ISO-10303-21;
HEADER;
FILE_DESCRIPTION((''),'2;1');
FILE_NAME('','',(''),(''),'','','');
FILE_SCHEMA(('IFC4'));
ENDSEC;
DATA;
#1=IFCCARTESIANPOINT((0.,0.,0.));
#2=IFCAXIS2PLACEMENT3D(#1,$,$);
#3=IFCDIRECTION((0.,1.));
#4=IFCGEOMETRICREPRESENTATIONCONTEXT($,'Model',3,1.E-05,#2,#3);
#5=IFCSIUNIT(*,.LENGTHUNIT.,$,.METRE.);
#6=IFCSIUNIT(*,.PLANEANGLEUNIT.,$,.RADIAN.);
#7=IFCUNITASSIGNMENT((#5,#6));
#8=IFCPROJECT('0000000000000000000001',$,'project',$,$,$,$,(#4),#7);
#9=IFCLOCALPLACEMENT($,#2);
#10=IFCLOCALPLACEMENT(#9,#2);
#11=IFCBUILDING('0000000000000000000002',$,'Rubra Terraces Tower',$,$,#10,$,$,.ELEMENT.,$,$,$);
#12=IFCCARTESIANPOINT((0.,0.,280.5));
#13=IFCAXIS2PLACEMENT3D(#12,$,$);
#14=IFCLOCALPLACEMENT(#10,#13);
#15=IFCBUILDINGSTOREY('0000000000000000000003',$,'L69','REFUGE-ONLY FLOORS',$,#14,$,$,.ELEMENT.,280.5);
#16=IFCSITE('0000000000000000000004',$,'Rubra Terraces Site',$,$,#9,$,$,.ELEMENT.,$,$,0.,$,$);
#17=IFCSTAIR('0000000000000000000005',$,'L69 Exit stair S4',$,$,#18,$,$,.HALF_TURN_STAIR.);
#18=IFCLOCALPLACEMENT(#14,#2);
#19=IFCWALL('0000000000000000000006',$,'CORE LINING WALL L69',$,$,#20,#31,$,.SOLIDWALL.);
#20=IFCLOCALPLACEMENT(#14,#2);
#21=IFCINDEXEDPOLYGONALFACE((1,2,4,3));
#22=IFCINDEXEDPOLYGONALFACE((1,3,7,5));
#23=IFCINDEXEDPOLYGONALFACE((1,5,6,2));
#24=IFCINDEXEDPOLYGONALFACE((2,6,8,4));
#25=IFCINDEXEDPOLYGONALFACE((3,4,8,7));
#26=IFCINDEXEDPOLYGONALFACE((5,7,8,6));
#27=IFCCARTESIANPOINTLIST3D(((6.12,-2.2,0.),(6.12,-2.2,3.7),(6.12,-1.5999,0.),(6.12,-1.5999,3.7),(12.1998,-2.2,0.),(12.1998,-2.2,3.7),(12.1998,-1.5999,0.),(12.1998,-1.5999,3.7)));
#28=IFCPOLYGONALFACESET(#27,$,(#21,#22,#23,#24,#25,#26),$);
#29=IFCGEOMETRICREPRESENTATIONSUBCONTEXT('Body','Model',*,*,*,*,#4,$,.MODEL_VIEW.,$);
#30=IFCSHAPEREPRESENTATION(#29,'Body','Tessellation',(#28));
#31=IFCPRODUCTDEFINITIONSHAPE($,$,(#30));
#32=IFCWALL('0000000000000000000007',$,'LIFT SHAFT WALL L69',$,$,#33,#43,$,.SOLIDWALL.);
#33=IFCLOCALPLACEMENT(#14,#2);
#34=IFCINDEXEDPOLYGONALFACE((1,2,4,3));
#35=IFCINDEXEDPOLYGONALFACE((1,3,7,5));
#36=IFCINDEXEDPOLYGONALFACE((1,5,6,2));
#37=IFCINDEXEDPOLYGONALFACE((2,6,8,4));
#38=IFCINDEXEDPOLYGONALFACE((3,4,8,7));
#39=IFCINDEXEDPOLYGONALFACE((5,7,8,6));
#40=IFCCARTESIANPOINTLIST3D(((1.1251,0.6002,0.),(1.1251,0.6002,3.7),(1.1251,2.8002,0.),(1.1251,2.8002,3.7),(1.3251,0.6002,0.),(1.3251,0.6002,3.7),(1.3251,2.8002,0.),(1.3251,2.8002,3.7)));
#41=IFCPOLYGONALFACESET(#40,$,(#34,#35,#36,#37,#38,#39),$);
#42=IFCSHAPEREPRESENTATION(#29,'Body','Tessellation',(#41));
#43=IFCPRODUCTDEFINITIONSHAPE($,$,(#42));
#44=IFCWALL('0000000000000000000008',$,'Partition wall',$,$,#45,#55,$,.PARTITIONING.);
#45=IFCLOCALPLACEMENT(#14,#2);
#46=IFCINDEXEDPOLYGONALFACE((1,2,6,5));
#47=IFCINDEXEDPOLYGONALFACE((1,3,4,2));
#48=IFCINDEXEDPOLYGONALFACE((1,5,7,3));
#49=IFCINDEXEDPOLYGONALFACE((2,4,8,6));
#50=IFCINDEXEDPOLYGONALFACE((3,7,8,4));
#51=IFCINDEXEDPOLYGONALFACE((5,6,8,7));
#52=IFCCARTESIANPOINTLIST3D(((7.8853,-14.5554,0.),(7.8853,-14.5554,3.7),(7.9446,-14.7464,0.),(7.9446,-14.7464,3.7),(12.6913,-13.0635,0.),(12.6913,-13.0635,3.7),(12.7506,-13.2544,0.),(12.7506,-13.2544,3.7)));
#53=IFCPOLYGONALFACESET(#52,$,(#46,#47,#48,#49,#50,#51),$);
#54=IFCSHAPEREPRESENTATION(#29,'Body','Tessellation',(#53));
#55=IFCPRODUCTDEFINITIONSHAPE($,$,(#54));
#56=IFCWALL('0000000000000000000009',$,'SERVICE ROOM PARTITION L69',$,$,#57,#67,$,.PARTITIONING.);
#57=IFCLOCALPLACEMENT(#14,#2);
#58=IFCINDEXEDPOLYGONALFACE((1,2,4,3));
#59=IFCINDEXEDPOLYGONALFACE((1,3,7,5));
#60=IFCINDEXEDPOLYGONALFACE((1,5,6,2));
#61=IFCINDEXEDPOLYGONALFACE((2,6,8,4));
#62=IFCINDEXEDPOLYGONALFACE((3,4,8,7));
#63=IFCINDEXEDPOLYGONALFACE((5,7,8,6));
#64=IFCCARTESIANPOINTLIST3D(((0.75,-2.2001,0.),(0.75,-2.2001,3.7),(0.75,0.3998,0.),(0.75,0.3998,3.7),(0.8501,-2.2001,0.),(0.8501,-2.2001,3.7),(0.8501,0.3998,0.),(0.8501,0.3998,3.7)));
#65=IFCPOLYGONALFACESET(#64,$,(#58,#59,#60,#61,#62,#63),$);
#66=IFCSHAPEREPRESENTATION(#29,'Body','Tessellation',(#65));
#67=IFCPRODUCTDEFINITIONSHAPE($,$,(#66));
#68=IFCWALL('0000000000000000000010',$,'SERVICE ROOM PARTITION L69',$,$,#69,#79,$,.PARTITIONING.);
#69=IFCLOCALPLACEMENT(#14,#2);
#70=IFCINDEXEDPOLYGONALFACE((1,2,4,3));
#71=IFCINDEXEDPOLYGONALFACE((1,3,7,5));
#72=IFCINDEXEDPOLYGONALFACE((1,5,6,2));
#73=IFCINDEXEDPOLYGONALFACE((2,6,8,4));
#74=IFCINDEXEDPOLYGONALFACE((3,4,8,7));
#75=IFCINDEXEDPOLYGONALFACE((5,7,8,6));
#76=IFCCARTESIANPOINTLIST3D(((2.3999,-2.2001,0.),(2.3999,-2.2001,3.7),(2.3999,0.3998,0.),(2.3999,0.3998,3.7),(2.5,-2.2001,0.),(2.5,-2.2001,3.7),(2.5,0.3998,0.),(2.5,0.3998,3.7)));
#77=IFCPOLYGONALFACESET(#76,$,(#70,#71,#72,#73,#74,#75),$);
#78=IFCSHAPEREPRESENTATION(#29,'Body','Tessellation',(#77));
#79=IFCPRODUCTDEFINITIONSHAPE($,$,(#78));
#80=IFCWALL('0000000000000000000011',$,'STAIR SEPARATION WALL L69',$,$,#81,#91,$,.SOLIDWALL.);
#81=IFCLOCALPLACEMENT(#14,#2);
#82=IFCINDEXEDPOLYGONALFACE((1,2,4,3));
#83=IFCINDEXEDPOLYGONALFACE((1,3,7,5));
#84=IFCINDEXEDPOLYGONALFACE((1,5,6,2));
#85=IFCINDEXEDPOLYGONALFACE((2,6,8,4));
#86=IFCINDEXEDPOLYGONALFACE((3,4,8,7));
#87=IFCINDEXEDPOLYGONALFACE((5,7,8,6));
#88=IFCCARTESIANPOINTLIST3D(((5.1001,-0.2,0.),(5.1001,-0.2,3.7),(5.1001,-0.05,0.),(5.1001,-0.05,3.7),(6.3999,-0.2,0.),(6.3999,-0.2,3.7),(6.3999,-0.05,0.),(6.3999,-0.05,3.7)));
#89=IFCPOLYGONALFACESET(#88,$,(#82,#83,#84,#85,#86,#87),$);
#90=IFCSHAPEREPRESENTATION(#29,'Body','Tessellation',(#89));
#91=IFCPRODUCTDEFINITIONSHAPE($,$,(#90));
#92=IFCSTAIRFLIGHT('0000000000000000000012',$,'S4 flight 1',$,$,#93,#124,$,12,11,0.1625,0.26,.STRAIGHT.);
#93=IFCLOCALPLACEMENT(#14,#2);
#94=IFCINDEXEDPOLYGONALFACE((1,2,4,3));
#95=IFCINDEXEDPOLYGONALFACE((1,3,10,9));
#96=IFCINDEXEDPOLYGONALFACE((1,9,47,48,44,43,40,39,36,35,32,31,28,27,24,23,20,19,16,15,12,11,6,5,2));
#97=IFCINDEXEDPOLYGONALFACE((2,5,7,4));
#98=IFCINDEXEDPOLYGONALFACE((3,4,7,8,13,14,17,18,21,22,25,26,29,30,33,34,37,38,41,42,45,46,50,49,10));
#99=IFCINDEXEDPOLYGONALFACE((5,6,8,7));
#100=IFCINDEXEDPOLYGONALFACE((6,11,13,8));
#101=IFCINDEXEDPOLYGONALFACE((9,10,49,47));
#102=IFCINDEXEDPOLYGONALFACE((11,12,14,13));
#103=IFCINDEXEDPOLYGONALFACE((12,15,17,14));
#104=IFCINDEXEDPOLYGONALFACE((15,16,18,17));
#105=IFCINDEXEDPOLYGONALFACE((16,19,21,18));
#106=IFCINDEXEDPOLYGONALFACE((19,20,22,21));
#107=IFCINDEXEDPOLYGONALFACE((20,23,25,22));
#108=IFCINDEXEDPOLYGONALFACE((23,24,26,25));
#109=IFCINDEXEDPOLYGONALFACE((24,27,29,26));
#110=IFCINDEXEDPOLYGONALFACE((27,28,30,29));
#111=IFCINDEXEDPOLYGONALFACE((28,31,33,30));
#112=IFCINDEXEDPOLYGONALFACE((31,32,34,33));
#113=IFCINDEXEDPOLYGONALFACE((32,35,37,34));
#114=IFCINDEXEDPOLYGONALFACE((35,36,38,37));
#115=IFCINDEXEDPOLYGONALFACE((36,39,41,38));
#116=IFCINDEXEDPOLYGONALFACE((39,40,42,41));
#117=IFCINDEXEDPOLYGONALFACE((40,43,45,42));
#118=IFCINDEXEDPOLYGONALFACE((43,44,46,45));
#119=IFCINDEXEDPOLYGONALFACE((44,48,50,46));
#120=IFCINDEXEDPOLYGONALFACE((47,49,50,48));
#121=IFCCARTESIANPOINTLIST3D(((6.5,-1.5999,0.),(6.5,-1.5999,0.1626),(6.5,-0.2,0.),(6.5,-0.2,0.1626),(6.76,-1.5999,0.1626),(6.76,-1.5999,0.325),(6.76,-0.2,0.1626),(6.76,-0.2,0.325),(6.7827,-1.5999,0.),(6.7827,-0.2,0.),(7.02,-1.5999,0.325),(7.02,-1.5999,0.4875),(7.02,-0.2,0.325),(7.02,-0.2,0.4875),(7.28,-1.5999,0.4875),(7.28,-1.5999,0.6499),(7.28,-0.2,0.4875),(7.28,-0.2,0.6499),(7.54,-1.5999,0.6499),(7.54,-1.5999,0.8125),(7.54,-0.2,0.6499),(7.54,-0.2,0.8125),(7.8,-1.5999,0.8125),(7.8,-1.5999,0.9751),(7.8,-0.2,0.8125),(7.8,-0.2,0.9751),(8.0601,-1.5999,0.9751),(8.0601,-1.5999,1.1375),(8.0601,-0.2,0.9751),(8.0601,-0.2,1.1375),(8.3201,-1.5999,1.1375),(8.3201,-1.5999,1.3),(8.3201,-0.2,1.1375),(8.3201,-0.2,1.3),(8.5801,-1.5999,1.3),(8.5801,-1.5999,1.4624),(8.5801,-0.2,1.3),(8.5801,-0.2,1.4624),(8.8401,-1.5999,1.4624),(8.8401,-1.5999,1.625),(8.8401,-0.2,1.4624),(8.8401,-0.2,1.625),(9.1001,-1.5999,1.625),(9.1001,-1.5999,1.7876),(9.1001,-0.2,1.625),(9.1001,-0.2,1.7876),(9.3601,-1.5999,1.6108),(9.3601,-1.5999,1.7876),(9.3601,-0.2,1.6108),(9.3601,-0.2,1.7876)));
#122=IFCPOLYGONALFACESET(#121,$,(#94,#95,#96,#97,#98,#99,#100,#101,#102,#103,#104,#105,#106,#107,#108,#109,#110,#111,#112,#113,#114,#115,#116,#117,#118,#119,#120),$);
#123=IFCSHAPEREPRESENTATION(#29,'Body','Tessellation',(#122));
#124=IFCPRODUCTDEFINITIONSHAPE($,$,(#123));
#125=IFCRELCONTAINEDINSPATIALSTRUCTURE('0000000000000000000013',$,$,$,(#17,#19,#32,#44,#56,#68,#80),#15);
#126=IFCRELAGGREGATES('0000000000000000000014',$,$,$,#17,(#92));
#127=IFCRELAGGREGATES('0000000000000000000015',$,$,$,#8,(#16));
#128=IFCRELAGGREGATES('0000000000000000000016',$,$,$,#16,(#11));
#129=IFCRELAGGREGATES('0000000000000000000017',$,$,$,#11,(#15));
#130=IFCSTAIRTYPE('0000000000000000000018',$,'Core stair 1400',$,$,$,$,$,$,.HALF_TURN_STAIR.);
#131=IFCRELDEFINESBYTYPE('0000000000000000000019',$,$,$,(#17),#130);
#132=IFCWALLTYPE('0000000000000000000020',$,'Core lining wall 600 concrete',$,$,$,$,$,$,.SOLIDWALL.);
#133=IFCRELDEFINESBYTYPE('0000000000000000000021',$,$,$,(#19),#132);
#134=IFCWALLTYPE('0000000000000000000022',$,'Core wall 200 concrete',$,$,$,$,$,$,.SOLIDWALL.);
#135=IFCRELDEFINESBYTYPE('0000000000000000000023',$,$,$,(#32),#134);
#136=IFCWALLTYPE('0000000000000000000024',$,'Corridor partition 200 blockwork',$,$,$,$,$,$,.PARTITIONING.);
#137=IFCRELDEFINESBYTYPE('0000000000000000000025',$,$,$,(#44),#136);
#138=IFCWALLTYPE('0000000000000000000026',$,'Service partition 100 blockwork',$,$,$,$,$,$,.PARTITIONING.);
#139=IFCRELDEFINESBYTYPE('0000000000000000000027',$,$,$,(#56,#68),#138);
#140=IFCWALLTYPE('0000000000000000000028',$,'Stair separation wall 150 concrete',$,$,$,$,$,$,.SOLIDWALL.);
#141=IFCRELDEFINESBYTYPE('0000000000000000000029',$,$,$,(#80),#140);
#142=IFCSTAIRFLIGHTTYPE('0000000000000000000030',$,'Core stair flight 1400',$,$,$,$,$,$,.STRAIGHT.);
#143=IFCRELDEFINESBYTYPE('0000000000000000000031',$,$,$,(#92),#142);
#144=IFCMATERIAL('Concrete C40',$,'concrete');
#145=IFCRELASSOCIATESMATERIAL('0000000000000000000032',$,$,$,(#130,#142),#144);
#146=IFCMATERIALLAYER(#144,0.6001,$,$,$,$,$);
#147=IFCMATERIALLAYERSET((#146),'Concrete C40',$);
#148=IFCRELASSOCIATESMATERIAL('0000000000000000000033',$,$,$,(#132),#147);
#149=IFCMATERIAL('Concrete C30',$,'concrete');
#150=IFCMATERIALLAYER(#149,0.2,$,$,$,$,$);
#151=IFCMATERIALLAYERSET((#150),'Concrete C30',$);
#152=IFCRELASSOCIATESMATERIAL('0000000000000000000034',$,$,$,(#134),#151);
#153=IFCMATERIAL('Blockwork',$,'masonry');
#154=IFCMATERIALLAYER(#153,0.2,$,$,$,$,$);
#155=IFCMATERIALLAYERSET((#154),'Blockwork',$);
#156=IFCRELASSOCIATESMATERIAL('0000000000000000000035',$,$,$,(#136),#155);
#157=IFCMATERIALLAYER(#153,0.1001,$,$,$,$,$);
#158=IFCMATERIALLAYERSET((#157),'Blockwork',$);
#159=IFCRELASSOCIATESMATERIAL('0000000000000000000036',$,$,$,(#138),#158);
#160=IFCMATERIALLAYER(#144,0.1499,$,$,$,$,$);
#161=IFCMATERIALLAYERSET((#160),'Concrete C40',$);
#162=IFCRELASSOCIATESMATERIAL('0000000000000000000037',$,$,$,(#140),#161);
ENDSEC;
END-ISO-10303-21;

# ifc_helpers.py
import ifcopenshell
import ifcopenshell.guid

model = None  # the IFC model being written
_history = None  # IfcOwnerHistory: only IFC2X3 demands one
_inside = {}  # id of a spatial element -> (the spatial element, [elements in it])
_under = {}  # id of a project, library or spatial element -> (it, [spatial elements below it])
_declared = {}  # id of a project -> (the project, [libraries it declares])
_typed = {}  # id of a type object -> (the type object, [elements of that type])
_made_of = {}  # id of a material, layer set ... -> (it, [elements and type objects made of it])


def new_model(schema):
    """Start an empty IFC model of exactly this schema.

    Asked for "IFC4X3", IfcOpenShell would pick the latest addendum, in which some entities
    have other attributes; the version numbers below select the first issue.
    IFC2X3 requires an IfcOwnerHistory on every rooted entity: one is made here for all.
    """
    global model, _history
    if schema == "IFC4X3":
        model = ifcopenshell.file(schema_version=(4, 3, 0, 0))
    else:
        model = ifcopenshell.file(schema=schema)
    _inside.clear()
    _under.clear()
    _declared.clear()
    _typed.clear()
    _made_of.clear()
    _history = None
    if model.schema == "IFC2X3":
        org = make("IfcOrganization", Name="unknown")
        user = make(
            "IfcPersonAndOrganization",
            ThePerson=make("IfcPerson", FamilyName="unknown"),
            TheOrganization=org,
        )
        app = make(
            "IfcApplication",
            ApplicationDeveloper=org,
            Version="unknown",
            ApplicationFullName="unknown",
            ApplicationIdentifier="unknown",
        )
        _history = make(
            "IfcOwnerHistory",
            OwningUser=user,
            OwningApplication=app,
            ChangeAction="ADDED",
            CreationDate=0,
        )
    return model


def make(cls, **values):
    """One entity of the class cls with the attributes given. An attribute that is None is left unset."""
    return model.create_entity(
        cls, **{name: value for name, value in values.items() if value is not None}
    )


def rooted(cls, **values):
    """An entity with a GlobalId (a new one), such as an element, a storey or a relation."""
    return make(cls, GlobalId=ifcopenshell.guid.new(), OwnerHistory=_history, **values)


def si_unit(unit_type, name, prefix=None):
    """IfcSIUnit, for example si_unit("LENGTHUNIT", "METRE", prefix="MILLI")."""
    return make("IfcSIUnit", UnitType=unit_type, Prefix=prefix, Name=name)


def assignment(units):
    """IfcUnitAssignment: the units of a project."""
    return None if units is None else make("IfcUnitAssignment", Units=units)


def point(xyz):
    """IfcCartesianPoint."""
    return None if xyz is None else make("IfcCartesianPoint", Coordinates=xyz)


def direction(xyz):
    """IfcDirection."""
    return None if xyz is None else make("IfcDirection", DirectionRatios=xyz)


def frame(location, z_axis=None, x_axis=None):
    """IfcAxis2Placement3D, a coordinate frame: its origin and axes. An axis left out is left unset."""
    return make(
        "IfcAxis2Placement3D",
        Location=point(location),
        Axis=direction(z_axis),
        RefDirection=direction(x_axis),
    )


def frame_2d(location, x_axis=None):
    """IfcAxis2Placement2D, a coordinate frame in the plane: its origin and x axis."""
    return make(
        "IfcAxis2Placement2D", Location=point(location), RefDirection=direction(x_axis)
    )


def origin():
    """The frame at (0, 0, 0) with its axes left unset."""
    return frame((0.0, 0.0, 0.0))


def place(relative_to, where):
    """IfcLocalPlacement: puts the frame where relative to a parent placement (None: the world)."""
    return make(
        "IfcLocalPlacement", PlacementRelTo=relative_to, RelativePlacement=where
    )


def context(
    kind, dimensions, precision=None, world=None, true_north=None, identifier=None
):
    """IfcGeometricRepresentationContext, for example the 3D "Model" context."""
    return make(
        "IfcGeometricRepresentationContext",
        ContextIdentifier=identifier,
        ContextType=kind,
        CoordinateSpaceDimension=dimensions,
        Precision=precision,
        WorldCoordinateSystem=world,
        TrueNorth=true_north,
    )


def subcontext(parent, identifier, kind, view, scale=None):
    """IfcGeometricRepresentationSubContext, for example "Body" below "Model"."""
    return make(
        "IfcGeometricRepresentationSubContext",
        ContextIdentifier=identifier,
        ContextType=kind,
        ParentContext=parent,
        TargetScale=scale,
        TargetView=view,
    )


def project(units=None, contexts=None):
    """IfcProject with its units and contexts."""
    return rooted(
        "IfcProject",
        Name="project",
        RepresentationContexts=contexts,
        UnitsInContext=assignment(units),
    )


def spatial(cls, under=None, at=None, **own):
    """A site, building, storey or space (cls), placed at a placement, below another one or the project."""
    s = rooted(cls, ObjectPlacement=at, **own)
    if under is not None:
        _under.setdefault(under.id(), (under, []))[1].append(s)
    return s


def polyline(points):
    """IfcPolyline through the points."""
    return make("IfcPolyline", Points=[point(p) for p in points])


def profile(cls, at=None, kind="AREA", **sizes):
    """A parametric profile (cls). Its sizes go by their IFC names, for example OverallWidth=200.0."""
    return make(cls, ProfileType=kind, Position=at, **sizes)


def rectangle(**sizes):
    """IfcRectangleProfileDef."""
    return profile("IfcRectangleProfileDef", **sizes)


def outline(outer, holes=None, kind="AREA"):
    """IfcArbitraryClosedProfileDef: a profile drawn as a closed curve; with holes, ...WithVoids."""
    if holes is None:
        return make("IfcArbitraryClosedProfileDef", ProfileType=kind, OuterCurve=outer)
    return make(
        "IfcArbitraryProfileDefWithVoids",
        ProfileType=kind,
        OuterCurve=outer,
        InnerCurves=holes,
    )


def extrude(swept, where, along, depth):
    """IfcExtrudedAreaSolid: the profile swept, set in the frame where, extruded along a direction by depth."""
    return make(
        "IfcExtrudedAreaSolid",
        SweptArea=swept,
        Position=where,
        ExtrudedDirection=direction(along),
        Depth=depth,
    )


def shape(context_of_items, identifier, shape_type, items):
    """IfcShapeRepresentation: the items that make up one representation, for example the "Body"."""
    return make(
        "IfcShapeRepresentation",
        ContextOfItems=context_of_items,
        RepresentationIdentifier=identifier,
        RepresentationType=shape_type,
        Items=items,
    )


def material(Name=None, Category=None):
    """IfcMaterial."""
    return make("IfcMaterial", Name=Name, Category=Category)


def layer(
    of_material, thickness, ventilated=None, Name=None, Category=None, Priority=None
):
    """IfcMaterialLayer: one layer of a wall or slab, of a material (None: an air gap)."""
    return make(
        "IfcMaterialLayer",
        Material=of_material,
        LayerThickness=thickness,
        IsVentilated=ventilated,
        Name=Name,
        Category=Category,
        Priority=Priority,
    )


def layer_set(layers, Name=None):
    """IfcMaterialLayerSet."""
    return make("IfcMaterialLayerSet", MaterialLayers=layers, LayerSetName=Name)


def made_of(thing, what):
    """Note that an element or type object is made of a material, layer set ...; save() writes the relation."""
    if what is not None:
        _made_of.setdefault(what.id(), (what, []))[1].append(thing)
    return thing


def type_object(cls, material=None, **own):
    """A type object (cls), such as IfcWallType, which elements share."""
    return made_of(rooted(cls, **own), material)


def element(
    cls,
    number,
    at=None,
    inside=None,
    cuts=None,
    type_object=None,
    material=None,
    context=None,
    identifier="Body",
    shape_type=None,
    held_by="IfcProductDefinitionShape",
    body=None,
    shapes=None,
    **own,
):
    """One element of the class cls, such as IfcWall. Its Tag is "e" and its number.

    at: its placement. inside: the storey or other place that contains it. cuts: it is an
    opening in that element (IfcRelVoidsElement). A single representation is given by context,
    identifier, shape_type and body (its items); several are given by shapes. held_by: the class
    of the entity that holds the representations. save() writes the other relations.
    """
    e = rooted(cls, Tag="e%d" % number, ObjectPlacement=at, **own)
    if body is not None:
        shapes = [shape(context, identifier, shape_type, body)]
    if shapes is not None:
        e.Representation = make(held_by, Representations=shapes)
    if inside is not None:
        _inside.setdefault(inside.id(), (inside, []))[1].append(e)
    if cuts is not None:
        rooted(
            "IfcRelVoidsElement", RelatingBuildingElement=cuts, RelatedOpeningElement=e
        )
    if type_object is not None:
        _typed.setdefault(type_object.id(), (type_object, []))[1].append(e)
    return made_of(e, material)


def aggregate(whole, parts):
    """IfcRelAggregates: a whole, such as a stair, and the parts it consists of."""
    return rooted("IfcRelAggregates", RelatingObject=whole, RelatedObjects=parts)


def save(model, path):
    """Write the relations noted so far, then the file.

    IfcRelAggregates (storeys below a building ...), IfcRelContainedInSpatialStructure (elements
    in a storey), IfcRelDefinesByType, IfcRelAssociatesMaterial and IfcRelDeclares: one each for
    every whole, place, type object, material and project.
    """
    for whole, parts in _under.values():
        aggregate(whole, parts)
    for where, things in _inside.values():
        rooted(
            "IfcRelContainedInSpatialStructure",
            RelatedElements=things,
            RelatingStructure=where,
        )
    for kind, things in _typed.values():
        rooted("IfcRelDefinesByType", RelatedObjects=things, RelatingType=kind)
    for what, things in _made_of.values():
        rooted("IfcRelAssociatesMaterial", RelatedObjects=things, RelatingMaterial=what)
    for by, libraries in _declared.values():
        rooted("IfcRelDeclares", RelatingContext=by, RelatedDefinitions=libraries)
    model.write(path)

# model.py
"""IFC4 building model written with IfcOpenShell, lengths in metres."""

from ifc_helpers import new_model, si_unit, direction, frame, frame_2d, origin, place, context, subcontext, project, spatial, polyline, rectangle, outline, extrude, material, layer, layer_set, type_object, element, aggregate, save


model = new_model("IFC4")

# Units and contexts
model_context = context("Model", 3, precision=1e-05, world=origin(), true_north=direction((0.0, 1.0)))
body_context = subcontext(model_context, "Body", "Model", "MODEL_VIEW")
ifc_project = project(units=[si_unit("LENGTHUNIT", "METRE"), si_unit("PLANEANGLEUNIT", "RADIAN")], contexts=[model_context])

# Site, building, storey
site_placement = place(None, origin())
site = spatial("IfcSite", under=ifc_project, at=site_placement, Name="Rubra Terraces Site", CompositionType="ELEMENT", RefElevation=0.0)
building_placement = place(site_placement, origin())
building = spatial("IfcBuilding", under=site, at=building_placement, Name="Rubra Terraces Tower", CompositionType="ELEMENT")
storey_placement = place(building_placement, frame((0.0, 0.0, 280.5)))
storey = spatial("IfcBuildingStorey", under=building, at=storey_placement, Name="L69", Description="REFUGE-ONLY FLOORS", CompositionType="ELEMENT", Elevation=280.5)

# Shared definitions
ifc_material_1 = material(Name="Concrete C40", Category="concrete")

# Stair
stair_type = type_object("IfcStairType", Name="Core stair 1400", PredefinedType="HALF_TURN_STAIR", material=ifc_material_1)
stair_1_placement = place(storey_placement, origin())
stair_1 = element("IfcStair", 1, at=stair_1_placement, inside=storey, type_object=stair_type, Name="L69 Exit stair S4", PredefinedType="HALF_TURN_STAIR")

# Walls
ifc_layer_1 = layer(ifc_material_1, 0.6001)
ifc_layer_set_1 = layer_set([ifc_layer_1], Name="Concrete C40")
wall_type_1 = type_object("IfcWallType", Name="Core lining wall 600 concrete", PredefinedType="SOLIDWALL", material=ifc_layer_set_1)
wall_1_placement = place(storey_placement, frame((12.2, -1.8999, 0.0), z_axis=(0.0, 0.0, 1.0), x_axis=(-1.0, 0.0, 0.0)))
element("IfcWall", 2, at=wall_1_placement, inside=storey, type_object=wall_type_1, Name="CORE LINING WALL L69", PredefinedType="SOLIDWALL", context=body_context, shape_type="SweptSolid", body=[
    extrude(rectangle(XDim=6.0798, YDim=0.6001, at=frame_2d((3.04, 0.0))), origin(), (0.0, 0.0, 1.0), 3.7),
])
ifc_material_2 = material(Name="Concrete C30", Category="concrete")
ifc_layer_2 = layer(ifc_material_2, 0.2)
ifc_layer_set_2 = layer_set([ifc_layer_2], Name="Concrete C30")
wall_type_2 = type_object("IfcWallType", Name="Core wall 200 concrete", PredefinedType="SOLIDWALL", material=ifc_layer_set_2)
wall_2_placement = place(storey_placement, frame((1.2251, 0.6001, 0.0), z_axis=(0.0, 0.0, 1.0), x_axis=(0.0, 1.0, 0.0)))
element("IfcWall", 3, at=wall_2_placement, inside=storey, type_object=wall_type_2, Name="LIFT SHAFT WALL L69", PredefinedType="SOLIDWALL", context=body_context, shape_type="SweptSolid", body=[
    extrude(rectangle(XDim=2.2, YDim=0.2, at=frame_2d((1.1001, 0.0))), origin(), (0.0, 0.0, 1.0), 3.7),
])
ifc_material_3 = material(Name="Blockwork", Category="masonry")
ifc_layer_3 = layer(ifc_material_3, 0.2)
ifc_layer_set_3 = layer_set([ifc_layer_3], Name="Blockwork")
wall_type_3 = type_object("IfcWallType", Name="Corridor partition 200 blockwork", PredefinedType="PARTITIONING", material=ifc_layer_set_3)
wall_3_placement = place(storey_placement, frame((12.7209, -13.1589, 0.0), z_axis=(0.0, 0.0, 1.0), x_axis=(-0.955039, -0.296482, 0.0)))
element("IfcWall", 4, at=wall_3_placement, inside=storey, type_object=wall_type_3, Name="Partition wall", PredefinedType="PARTITIONING", context=body_context, shape_type="SweptSolid", body=[
    extrude(rectangle(XDim=5.0322, YDim=0.2, at=frame_2d((2.5161, 0.0))), origin(), (0.0, 0.0, 1.0), 3.7),
])
ifc_layer_4 = layer(ifc_material_3, 0.1001)
ifc_layer_set_4 = layer_set([ifc_layer_4], Name="Blockwork")
wall_type_4 = type_object("IfcWallType", Name="Service partition 100 blockwork", PredefinedType="PARTITIONING", material=ifc_layer_set_4)
for number, where, z_axis, x_axis, name in (
    (5, (0.8, -2.2, 0.0), (0.0, 0.0, 1.0), (0.0, 1.0, 0.0), "SERVICE ROOM PARTITION L69"),
    (6, (2.45, -2.2, 0.0), (0.0, 0.0, 1.0), (0.0, 1.0, 0.0), "SERVICE ROOM PARTITION L69"),
):
    element("IfcWall", number, at=place(storey_placement, frame(where, z_axis=z_axis, x_axis=x_axis)), inside=storey, type_object=wall_type_4, Name=name, PredefinedType="PARTITIONING", context=body_context, shape_type="SweptSolid", body=[
        extrude(rectangle(XDim=2.5999, YDim=0.1001, at=frame_2d((1.2998, 0.0))), origin(), (0.0, 0.0, 1.0), 3.7),
    ])
ifc_layer_5 = layer(ifc_material_1, 0.1499)
ifc_layer_set_5 = layer_set([ifc_layer_5], Name="Concrete C40")
wall_type_5 = type_object("IfcWallType", Name="Stair separation wall 150 concrete", PredefinedType="SOLIDWALL", material=ifc_layer_set_5)
wall_4_placement = place(storey_placement, frame((6.3999, -0.125, 0.0), z_axis=(0.0, 0.0, 1.0), x_axis=(-1.0, 0.0, 0.0)))
element("IfcWall", 7, at=wall_4_placement, inside=storey, type_object=wall_type_5, Name="STAIR SEPARATION WALL L69", PredefinedType="SOLIDWALL", context=body_context, shape_type="SweptSolid", body=[
    extrude(rectangle(XDim=1.2998, YDim=0.1499, at=frame_2d((0.6499, 0.0))), origin(), (0.0, 0.0, 1.0), 3.7),
])

# Stair flight
stair_flight_type = type_object("IfcStairFlightType", Name="Core stair flight 1400", PredefinedType="STRAIGHT", material=ifc_material_1)
stair_flight_placement = place(storey_placement, frame((6.5, -0.8999, 0.0), z_axis=(0.0, 0.0, 1.0), x_axis=(1.0, 0.0, 0.0)))
stair_flight = element("IfcStairFlight", 8, at=stair_flight_placement, type_object=stair_flight_type, Name="S4 flight 1", NumberOfRisers=12, NumberOfTreads=11, PredefinedType="STRAIGHT", RiserHeight=0.1625, TreadLength=0.26, context=body_context, shape_type="SweptSolid", body=[
    extrude(outline(polyline([(0.0, 0.0), (0.0, 0.1626), (0.26, 0.1626), (0.26, 0.325), (0.52, 0.325), (0.52, 0.4875), (0.78, 0.4875), (0.78, 0.6499), (1.04, 0.6499), (1.04, 0.8125), (1.3, 0.8125), (1.3, 0.9751), (1.5601, 0.9751), (1.5601, 1.1375), (1.8201, 1.1375), (1.8201, 1.3), (2.0801, 1.3), (2.0801, 1.4624), (2.3401, 1.4624), (2.3401, 1.625), (2.6001, 1.625), (2.6001, 1.7876), (2.8601, 1.7876), (2.8601, 1.95), (2.8601, 1.6108), (0.2827, 0.0), (0.0, 0.0)])), frame((0.0, 0.7, 0.0), z_axis=(0.0, -1.0, 0.0), x_axis=(1.0, 0.0, 0.0)), (0.0, 0.0, 1.0), 1.3999),
])
aggregate(stair_1, [stair_flight])

save(model, "model.ifc")
